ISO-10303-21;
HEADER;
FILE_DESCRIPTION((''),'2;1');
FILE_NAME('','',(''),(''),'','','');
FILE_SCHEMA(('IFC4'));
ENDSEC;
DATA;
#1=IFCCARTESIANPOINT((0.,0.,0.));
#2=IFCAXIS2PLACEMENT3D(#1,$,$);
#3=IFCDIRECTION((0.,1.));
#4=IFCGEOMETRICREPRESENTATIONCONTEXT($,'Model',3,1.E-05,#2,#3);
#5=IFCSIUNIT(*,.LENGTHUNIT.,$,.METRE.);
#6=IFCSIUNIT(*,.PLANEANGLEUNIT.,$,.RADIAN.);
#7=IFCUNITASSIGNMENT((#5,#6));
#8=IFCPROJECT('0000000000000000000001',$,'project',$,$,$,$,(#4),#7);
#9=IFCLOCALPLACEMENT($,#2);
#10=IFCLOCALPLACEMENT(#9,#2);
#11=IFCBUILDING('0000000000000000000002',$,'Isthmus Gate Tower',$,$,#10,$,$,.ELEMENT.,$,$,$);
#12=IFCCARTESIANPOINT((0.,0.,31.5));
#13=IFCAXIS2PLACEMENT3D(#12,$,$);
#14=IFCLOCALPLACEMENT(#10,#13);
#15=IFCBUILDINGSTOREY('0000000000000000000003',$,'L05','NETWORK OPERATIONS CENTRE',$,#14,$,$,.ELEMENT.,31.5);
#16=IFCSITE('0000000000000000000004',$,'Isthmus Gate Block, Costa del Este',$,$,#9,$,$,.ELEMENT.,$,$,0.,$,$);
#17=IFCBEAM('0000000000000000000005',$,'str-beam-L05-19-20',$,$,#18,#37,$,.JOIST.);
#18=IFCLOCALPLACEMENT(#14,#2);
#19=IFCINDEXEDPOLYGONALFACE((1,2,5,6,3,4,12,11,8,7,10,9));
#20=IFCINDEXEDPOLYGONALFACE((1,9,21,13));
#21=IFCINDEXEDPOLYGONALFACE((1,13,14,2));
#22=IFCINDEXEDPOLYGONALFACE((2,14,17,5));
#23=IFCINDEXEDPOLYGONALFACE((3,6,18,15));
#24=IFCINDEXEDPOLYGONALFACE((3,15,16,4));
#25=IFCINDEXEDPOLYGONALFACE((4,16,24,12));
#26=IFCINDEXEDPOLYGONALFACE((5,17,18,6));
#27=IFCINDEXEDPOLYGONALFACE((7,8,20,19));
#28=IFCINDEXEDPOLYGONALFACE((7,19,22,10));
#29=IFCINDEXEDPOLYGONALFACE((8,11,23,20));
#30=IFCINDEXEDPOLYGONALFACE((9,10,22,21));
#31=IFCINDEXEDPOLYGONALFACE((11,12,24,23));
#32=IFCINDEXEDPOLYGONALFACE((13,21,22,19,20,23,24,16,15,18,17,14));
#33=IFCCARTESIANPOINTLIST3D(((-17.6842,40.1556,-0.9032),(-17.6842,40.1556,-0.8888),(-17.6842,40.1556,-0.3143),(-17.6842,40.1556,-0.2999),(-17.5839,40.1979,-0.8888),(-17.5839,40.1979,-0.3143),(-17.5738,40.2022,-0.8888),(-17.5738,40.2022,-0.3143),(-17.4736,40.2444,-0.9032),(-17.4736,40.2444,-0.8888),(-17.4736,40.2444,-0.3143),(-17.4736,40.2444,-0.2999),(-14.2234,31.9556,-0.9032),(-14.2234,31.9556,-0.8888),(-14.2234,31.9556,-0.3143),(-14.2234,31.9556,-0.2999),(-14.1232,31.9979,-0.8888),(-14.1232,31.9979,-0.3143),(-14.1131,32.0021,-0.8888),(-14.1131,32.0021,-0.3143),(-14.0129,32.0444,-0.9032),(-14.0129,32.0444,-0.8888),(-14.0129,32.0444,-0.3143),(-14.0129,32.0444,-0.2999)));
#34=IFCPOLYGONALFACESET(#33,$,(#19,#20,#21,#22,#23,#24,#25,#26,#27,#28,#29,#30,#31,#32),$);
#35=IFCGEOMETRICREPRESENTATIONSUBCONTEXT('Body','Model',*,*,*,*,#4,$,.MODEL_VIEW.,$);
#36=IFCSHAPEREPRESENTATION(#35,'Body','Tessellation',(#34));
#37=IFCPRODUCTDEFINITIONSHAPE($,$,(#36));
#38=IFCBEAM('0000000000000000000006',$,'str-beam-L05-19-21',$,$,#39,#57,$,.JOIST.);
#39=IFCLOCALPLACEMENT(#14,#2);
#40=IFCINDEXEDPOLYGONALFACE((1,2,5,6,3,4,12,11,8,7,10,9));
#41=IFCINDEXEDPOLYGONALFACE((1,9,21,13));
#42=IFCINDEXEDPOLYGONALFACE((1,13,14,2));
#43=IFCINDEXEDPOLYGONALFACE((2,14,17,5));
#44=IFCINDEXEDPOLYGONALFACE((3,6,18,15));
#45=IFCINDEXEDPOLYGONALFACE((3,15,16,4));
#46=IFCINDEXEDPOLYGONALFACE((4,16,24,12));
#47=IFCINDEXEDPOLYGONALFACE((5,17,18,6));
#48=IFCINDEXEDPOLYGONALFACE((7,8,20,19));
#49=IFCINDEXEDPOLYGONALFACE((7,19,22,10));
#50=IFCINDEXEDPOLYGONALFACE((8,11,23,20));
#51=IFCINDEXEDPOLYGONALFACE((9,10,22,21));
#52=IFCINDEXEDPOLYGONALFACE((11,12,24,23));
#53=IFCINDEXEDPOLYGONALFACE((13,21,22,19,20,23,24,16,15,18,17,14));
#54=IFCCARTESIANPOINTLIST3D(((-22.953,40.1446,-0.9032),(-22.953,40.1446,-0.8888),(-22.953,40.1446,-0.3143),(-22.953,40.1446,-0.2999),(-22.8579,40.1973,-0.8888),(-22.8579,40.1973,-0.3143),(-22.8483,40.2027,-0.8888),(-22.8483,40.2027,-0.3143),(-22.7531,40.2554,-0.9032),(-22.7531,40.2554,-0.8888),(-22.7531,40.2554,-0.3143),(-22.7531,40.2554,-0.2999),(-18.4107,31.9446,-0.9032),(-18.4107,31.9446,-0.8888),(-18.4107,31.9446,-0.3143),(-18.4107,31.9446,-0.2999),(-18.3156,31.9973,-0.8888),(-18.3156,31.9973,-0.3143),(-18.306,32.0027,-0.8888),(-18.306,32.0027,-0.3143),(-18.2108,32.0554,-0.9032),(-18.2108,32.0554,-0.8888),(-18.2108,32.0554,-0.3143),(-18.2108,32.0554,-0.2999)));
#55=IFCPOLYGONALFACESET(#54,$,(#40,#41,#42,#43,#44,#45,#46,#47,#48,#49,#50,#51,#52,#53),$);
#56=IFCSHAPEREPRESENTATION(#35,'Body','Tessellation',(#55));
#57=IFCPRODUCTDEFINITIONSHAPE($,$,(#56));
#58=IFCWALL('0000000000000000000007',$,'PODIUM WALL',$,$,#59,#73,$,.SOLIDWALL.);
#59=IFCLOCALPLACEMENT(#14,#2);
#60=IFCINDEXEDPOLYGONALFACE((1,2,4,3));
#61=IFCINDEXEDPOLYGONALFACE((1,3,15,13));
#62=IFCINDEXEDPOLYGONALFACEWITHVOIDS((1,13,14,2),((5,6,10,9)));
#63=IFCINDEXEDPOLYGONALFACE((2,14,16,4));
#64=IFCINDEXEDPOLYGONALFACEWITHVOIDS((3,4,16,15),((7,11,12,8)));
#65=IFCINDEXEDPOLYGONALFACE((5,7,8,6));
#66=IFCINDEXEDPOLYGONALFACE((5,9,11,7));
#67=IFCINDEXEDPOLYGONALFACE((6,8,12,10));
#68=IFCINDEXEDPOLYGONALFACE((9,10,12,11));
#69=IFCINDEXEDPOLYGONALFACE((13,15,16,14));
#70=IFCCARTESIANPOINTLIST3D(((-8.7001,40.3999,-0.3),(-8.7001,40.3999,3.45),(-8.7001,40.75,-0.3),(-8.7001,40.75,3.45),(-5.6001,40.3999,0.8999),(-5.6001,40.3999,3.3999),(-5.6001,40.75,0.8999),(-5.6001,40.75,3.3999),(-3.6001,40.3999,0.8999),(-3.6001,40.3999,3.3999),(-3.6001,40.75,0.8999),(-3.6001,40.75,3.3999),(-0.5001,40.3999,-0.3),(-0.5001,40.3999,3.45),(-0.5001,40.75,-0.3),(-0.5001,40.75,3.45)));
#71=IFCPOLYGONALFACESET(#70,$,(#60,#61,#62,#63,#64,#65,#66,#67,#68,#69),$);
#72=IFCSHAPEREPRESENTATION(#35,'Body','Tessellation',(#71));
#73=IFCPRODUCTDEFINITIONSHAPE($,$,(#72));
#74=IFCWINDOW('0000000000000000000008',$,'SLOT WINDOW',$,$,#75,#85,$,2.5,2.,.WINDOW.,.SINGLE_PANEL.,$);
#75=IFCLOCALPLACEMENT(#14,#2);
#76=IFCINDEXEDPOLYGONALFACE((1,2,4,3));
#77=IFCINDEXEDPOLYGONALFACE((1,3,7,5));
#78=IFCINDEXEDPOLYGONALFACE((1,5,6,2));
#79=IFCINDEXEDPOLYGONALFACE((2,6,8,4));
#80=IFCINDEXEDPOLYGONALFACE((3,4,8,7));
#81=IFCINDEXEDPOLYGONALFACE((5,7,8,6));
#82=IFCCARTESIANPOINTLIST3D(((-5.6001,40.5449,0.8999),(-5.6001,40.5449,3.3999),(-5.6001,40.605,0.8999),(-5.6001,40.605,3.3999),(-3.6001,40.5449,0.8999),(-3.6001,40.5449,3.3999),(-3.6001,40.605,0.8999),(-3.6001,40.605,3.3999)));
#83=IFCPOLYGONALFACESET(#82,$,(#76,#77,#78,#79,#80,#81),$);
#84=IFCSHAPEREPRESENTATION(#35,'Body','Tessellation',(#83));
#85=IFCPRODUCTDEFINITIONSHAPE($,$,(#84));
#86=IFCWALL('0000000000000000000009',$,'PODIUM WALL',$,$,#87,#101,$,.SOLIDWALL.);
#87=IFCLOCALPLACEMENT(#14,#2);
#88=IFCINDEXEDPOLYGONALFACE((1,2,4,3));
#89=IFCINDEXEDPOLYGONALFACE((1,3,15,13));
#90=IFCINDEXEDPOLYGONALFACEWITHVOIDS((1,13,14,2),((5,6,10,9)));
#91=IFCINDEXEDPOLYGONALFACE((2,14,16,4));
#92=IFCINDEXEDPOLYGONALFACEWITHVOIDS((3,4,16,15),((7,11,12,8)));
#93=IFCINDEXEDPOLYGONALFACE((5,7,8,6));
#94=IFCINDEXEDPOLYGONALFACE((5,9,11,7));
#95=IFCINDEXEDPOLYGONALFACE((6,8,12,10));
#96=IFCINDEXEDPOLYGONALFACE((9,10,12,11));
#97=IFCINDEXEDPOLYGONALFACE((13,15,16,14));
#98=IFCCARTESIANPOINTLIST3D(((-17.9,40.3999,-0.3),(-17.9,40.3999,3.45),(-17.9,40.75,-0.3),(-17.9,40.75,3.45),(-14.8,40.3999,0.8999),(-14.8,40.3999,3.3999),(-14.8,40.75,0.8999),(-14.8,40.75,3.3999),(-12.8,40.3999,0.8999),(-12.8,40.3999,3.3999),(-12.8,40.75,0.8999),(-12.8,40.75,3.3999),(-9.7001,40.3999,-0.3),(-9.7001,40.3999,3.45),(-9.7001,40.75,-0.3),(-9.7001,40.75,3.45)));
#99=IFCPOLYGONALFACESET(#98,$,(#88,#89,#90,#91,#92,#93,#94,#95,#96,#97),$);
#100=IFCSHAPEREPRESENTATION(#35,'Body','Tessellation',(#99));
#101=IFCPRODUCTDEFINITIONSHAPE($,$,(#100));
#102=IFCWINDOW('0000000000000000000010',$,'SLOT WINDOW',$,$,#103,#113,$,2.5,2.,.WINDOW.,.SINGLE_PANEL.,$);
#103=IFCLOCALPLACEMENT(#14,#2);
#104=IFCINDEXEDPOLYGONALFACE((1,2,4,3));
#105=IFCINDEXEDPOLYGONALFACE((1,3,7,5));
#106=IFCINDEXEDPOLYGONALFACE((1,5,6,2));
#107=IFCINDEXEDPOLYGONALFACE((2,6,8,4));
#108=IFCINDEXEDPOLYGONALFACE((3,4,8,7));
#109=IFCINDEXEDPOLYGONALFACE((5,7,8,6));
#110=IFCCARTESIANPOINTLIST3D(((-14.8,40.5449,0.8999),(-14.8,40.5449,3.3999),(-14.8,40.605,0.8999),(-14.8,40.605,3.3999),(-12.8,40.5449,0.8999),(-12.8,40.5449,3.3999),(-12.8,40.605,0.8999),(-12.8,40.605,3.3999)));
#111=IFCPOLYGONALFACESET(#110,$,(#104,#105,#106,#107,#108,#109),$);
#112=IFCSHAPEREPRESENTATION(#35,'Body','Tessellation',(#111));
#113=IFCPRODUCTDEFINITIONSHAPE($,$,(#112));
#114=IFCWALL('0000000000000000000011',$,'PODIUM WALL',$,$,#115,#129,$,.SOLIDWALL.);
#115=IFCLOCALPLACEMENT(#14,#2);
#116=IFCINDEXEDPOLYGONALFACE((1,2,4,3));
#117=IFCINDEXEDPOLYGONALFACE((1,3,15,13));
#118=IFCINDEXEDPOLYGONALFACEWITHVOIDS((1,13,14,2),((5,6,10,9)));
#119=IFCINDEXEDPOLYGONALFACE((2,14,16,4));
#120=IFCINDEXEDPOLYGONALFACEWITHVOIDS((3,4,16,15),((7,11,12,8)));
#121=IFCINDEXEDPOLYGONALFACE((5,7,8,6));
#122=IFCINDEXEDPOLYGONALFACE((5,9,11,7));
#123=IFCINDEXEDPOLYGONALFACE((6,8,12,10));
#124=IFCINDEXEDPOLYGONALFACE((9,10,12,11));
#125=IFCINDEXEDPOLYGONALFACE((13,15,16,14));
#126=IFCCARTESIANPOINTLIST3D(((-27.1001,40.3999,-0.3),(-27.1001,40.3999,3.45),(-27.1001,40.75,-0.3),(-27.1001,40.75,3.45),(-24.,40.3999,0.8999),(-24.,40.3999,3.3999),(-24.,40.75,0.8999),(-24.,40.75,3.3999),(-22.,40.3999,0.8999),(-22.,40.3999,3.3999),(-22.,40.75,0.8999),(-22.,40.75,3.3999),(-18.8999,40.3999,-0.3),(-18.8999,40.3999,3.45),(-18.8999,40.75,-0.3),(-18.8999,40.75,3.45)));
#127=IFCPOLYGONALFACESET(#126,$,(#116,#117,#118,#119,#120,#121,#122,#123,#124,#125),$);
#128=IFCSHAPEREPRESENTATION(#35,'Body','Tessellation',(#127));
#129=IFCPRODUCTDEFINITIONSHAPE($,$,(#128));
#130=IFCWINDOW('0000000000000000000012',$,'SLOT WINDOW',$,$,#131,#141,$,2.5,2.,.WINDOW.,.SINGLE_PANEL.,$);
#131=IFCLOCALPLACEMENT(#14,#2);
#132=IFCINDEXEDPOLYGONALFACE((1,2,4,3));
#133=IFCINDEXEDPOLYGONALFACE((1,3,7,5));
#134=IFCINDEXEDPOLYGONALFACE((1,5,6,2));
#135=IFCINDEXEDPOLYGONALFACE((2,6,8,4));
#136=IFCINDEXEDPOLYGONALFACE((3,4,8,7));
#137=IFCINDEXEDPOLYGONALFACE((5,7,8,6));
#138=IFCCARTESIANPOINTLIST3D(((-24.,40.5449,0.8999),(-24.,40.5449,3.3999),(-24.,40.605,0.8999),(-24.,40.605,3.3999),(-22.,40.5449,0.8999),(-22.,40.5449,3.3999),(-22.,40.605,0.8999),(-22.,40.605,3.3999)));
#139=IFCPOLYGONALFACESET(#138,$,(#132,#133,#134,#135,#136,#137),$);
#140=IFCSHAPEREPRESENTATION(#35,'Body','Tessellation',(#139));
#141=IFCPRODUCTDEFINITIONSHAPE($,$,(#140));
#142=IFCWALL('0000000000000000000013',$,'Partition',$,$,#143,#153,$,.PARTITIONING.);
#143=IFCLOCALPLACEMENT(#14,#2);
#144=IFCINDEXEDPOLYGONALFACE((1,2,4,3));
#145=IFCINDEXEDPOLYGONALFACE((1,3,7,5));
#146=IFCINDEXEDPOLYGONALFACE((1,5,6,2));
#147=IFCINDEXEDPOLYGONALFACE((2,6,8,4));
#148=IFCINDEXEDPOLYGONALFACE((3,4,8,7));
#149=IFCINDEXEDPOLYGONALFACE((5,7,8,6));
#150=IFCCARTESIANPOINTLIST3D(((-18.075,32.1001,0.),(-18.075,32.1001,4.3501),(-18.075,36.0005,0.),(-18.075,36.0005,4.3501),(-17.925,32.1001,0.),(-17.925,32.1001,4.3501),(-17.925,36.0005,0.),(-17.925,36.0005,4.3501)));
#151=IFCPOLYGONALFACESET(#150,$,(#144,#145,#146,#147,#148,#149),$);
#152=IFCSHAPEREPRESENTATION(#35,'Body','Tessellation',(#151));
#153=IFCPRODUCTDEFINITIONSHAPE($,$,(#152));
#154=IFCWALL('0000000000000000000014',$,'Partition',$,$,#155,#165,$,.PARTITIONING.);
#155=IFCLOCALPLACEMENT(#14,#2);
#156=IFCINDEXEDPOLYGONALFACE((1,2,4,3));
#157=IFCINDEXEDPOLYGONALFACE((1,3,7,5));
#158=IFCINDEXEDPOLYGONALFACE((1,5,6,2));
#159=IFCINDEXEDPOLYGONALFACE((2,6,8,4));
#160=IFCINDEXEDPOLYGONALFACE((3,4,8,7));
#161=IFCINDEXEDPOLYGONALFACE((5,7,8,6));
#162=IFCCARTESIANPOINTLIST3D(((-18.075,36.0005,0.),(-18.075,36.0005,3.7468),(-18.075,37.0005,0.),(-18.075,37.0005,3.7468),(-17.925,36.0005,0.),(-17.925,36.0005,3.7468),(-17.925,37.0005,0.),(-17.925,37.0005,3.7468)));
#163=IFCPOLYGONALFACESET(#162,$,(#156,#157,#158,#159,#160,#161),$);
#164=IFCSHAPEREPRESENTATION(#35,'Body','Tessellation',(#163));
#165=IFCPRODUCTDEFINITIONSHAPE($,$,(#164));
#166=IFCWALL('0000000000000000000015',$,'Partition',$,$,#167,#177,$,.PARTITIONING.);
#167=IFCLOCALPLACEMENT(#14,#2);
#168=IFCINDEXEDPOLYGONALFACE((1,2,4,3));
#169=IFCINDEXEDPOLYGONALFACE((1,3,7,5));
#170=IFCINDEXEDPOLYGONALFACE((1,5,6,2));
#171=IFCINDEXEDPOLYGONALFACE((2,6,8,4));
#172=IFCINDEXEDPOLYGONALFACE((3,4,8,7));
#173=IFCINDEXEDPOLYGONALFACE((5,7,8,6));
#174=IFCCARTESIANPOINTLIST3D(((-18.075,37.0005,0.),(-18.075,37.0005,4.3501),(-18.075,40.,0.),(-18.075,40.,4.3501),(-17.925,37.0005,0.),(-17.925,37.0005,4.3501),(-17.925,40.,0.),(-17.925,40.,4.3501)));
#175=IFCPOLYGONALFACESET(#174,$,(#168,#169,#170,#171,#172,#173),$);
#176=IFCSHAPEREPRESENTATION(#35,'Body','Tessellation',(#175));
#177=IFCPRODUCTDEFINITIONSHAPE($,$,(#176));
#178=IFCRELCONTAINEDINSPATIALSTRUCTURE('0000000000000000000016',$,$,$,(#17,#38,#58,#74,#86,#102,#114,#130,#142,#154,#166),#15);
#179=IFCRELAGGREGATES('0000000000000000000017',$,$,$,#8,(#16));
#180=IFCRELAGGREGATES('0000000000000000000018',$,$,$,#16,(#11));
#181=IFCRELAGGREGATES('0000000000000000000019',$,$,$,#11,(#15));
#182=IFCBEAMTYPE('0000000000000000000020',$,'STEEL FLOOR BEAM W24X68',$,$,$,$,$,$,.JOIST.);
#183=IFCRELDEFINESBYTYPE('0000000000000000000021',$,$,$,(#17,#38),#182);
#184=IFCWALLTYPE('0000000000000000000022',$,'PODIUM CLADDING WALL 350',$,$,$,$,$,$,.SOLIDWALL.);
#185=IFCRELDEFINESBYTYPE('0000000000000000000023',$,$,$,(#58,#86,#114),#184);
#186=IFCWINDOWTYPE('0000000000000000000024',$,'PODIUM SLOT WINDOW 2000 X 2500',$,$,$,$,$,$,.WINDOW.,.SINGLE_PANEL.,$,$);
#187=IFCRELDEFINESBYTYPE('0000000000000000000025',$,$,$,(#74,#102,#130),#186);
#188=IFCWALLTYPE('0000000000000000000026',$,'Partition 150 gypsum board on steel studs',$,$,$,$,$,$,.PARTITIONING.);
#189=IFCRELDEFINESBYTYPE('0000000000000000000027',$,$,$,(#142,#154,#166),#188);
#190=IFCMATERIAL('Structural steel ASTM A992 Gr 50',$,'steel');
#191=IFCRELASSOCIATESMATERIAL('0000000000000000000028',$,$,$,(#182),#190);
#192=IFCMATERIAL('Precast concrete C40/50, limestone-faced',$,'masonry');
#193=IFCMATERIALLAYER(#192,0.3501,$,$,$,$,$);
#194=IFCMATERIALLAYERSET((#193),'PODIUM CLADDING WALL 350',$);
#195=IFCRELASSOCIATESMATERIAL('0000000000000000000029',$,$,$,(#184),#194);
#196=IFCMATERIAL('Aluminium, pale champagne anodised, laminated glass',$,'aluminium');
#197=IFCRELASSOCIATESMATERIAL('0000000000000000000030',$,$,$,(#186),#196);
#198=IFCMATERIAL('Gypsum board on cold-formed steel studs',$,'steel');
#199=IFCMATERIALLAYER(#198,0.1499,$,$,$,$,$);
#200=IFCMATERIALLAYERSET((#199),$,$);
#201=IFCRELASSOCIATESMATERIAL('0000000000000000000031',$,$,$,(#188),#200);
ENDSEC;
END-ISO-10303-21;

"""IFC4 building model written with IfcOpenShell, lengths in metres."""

from ifc_helpers import new_model, si_unit, direction, frame, frame_2d, origin, origin_2d, place, context, subcontext, project, spatial, rectangle, i_section, extrude, material, layer, layer_set, material_profile, profile_set, type_object, element, fill, save


model = new_model("IFC4")

# Units and contexts
model_context = context("Model", 3, precision=1e-05, world=origin(), true_north=direction((0.0, 1.0)))
body_context = subcontext(model_context, "Body", "Model", "MODEL_VIEW")
ifc_project = project(units=[si_unit("LENGTHUNIT", "METRE"), si_unit("PLANEANGLEUNIT", "RADIAN")], contexts=[model_context])

# Site, building, storey
site_placement = place(None, origin())
site = spatial("IfcSite", under=ifc_project, at=site_placement, Name="Isthmus Gate Block, Costa del Este", CompositionType="ELEMENT", RefElevation=0.0)
building_placement = place(site_placement, origin())
building = spatial("IfcBuilding", under=site, at=building_placement, Name="Isthmus Gate Tower", CompositionType="ELEMENT")
storey_placement = place(building_placement, frame((0.0, 0.0, 31.5)))
storey = spatial("IfcBuildingStorey", under=building, at=storey_placement, Name="L05", Description="NETWORK OPERATIONS CENTRE", CompositionType="ELEMENT", Elevation=31.5)

# Beams
ifc_material_1 = material(Name="Structural steel ASTM A992 Gr 50", Category="steel")
ifc_material_profile_1 = material_profile(ifc_material_1, i_section(OverallWidth=0.2285, OverallDepth=0.6033, WebThickness=0.011, FlangeThickness=0.0144, at=origin_2d()), Name="W24X68")
ifc_profile_set_1 = profile_set([ifc_material_profile_1], Name="Structural steel ASTM A992 Gr 50")
beam_type_1 = type_object("IfcBeamType", Name="STEEL FLOOR BEAM W24X68", PredefinedType="JOIST", material=ifc_profile_set_1)
beam_1_placement = place(storey_placement, frame((-14.1182, 32.0, -0.6016), z_axis=(-0.388828, 0.92131, 0.0), x_axis=(-0.92131, -0.388828, 0.0)))
element("IfcBeam", 1, at=beam_1_placement, inside=storey, type_object=beam_type_1, Name="str-beam-L05-19-20", PredefinedType="JOIST", context=body_context, shape_type="SweptSolid", body=[
    extrude(i_section(OverallWidth=0.2285, OverallDepth=0.6033, WebThickness=0.011, FlangeThickness=0.0144, at=origin_2d()), origin(), (0.0, 0.0, 1.0), 8.9004),
])
beam_2_placement = place(storey_placement, frame((-18.3108, 32.0, -0.6016), z_axis=(-0.484559, 0.874759, 0.0), x_axis=(-0.874759, -0.484559, 0.0)))
element("IfcBeam", 2, at=beam_2_placement, inside=storey, type_object=beam_type_1, Name="str-beam-L05-19-21", PredefinedType="JOIST", context=body_context, shape_type="SweptSolid", body=[
    extrude(i_section(OverallWidth=0.2285, OverallDepth=0.6033, WebThickness=0.011, FlangeThickness=0.0144, at=origin_2d()), origin(), (0.0, 0.0, 1.0), 9.374),
])

# Walls, openings, windows
ifc_material_2 = material(Name="Precast concrete C40/50, limestone-faced", Category="masonry")
ifc_layer_1 = layer(ifc_material_2, 0.3501)
ifc_layer_set_1 = layer_set([ifc_layer_1], Name="PODIUM CLADDING WALL 350")
wall_type_1 = type_object("IfcWallType", Name="PODIUM CLADDING WALL 350", PredefinedType="SOLIDWALL", material=ifc_layer_set_1)
wall_1_placement = place(storey_placement, frame((-0.5, 40.575, -0.3), z_axis=(0.0, 0.0, 1.0), x_axis=(-1.0, 0.0, 0.0)))
wall_1 = element("IfcWall", 3, at=wall_1_placement, inside=storey, type_object=wall_type_1, Name="PODIUM WALL", PredefinedType="SOLIDWALL", context=body_context, shape_type="SweptSolid", body=[
    extrude(rectangle(XDim=8.2, YDim=0.3501, at=frame_2d((4.1001, 0.0))), origin(), (0.0, 0.0, 1.0), 3.75),
])
opening_1_placement = place(wall_1_placement, frame((3.1001, 0.0, 1.2)))
opening_1 = element("IfcOpeningElement", 4, at=opening_1_placement, cuts=wall_1, PredefinedType="OPENING", context=body_context, shape_type="SweptSolid", body=[
    extrude(rectangle(XDim=2.0, YDim=2.5, at=frame_2d((1.0, 1.25))), frame((0.0, 0.1851, 0.0), z_axis=(0.0, -1.0, 0.0), x_axis=(1.0, 0.0, 0.0)), (0.0, 0.0, 1.0), 0.3701),
])
ifc_material_3 = material(Name="Aluminium, pale champagne anodised, laminated glass", Category="aluminium")
window_type = type_object("IfcWindowType", Name="PODIUM SLOT WINDOW 2000 X 2500", PartitioningType="SINGLE_PANEL", PredefinedType="WINDOW", material=ifc_material_3)
window_1_placement = place(opening_1_placement, origin())
window_1 = element("IfcWindow", 5, at=window_1_placement, inside=storey, type_object=window_type, Name="SLOT WINDOW", OverallHeight=2.5, OverallWidth=2.0, PartitioningType="SINGLE_PANEL", PredefinedType="WINDOW", context=body_context, shape_type="SweptSolid", body=[
    extrude(rectangle(XDim=2.0, YDim=2.5, at=frame_2d((1.0, 1.25))), frame((0.0, 0.03, 0.0), z_axis=(0.0, -1.0, 0.0), x_axis=(1.0, 0.0, 0.0)), (0.0, 0.0, 1.0), 0.0601),
])
fill(opening_1, window_1)
wall_2_placement = place(storey_placement, frame((-9.7, 40.575, -0.3), z_axis=(0.0, 0.0, 1.0), x_axis=(-1.0, 0.0, 0.0)))
wall_2 = element("IfcWall", 6, at=wall_2_placement, inside=storey, type_object=wall_type_1, Name="PODIUM WALL", PredefinedType="SOLIDWALL", context=body_context, shape_type="SweptSolid", body=[
    extrude(rectangle(XDim=8.2, YDim=0.3501, at=frame_2d((4.1001, 0.0))), origin(), (0.0, 0.0, 1.0), 3.75),
])
opening_2_placement = place(wall_2_placement, frame((3.1001, 0.0, 1.2)))
opening_2 = element("IfcOpeningElement", 7, at=opening_2_placement, cuts=wall_2, PredefinedType="OPENING", context=body_context, shape_type="SweptSolid", body=[
    extrude(rectangle(XDim=2.0, YDim=2.5, at=frame_2d((1.0, 1.25))), frame((0.0, 0.1851, 0.0), z_axis=(0.0, -1.0, 0.0), x_axis=(1.0, 0.0, 0.0)), (0.0, 0.0, 1.0), 0.3701),
])
window_2_placement = place(opening_2_placement, origin())
window_2 = element("IfcWindow", 8, at=window_2_placement, inside=storey, type_object=window_type, Name="SLOT WINDOW", OverallHeight=2.5, OverallWidth=2.0, PartitioningType="SINGLE_PANEL", PredefinedType="WINDOW", context=body_context, shape_type="SweptSolid", body=[
    extrude(rectangle(XDim=2.0, YDim=2.5, at=frame_2d((1.0, 1.25))), frame((0.0, 0.03, 0.0), z_axis=(0.0, -1.0, 0.0), x_axis=(1.0, 0.0, 0.0)), (0.0, 0.0, 1.0), 0.0601),
])
fill(opening_2, window_2)
wall_3_placement = place(storey_placement, frame((-18.8999, 40.575, -0.3), z_axis=(0.0, 0.0, 1.0), x_axis=(-1.0, 0.0, 0.0)))
wall_3 = element("IfcWall", 9, at=wall_3_placement, inside=storey, type_object=wall_type_1, Name="PODIUM WALL", PredefinedType="SOLIDWALL", context=body_context, shape_type="SweptSolid", body=[
    extrude(rectangle(XDim=8.2002, YDim=0.3501, at=frame_2d((4.1001, 0.0))), origin(), (0.0, 0.0, 1.0), 3.75),
])
opening_3_placement = place(wall_3_placement, frame((3.1001, 0.0, 1.2)))
opening_3 = element("IfcOpeningElement", 10, at=opening_3_placement, cuts=wall_3, PredefinedType="OPENING", context=body_context, shape_type="SweptSolid", body=[
    extrude(rectangle(XDim=2.0, YDim=2.5, at=frame_2d((1.0, 1.25))), frame((0.0, 0.1851, 0.0), z_axis=(0.0, -1.0, 0.0), x_axis=(1.0, 0.0, 0.0)), (0.0, 0.0, 1.0), 0.3701),
])
window_3_placement = place(opening_3_placement, origin())
window_3 = element("IfcWindow", 11, at=window_3_placement, inside=storey, type_object=window_type, Name="SLOT WINDOW", OverallHeight=2.5, OverallWidth=2.0, PartitioningType="SINGLE_PANEL", PredefinedType="WINDOW", context=body_context, shape_type="SweptSolid", body=[
    extrude(rectangle(XDim=2.0, YDim=2.5, at=frame_2d((1.0, 1.25))), frame((0.0, 0.03, 0.0), z_axis=(0.0, -1.0, 0.0), x_axis=(1.0, 0.0, 0.0)), (0.0, 0.0, 1.0), 0.0601),
])
fill(opening_3, window_3)

# Walls
ifc_material_4 = material(Name="Gypsum board on cold-formed steel studs", Category="steel")
ifc_layer_2 = layer(ifc_material_4, 0.1499)
ifc_layer_set_2 = layer_set([ifc_layer_2])
wall_type_2 = type_object("IfcWallType", Name="Partition 150 gypsum board on steel studs", PredefinedType="PARTITIONING", material=ifc_layer_set_2)
wall_4_placement = place(storey_placement, frame((-18.0, 32.1001, 0.0), z_axis=(0.0, 0.0, 1.0), x_axis=(0.0, 1.0, 0.0)))
element("IfcWall", 12, at=wall_4_placement, inside=storey, type_object=wall_type_2, Name="Partition", PredefinedType="PARTITIONING", context=body_context, shape_type="SweptSolid", body=[
    extrude(rectangle(XDim=3.9004, YDim=0.1499, at=frame_2d((1.9502, 0.0))), origin(), (0.0, 0.0, 1.0), 4.3501),
])
wall_5_placement = place(storey_placement, frame((-18.0, 36.0005, 0.0), z_axis=(0.0, 0.0, 1.0), x_axis=(0.0, 1.0, 0.0)))
element("IfcWall", 13, at=wall_5_placement, inside=storey, type_object=wall_type_2, Name="Partition", PredefinedType="PARTITIONING", context=body_context, shape_type="SweptSolid", body=[
    extrude(rectangle(XDim=1.0, YDim=0.1499, at=frame_2d((0.5, 0.0))), origin(), (0.0, 0.0, 1.0), 3.7468),
])
wall_6_placement = place(storey_placement, frame((-18.0, 37.0005, 0.0), z_axis=(0.0, 0.0, 1.0), x_axis=(0.0, 1.0, 0.0)))
element("IfcWall", 14, at=wall_6_placement, inside=storey, type_object=wall_type_2, Name="Partition", PredefinedType="PARTITIONING", context=body_context, shape_type="SweptSolid", body=[
    extrude(rectangle(XDim=2.9995, YDim=0.1499, at=frame_2d((1.4998, 0.0))), origin(), (0.0, 0.0, 1.0), 4.3501),
])

save(model, "model.ifc")
